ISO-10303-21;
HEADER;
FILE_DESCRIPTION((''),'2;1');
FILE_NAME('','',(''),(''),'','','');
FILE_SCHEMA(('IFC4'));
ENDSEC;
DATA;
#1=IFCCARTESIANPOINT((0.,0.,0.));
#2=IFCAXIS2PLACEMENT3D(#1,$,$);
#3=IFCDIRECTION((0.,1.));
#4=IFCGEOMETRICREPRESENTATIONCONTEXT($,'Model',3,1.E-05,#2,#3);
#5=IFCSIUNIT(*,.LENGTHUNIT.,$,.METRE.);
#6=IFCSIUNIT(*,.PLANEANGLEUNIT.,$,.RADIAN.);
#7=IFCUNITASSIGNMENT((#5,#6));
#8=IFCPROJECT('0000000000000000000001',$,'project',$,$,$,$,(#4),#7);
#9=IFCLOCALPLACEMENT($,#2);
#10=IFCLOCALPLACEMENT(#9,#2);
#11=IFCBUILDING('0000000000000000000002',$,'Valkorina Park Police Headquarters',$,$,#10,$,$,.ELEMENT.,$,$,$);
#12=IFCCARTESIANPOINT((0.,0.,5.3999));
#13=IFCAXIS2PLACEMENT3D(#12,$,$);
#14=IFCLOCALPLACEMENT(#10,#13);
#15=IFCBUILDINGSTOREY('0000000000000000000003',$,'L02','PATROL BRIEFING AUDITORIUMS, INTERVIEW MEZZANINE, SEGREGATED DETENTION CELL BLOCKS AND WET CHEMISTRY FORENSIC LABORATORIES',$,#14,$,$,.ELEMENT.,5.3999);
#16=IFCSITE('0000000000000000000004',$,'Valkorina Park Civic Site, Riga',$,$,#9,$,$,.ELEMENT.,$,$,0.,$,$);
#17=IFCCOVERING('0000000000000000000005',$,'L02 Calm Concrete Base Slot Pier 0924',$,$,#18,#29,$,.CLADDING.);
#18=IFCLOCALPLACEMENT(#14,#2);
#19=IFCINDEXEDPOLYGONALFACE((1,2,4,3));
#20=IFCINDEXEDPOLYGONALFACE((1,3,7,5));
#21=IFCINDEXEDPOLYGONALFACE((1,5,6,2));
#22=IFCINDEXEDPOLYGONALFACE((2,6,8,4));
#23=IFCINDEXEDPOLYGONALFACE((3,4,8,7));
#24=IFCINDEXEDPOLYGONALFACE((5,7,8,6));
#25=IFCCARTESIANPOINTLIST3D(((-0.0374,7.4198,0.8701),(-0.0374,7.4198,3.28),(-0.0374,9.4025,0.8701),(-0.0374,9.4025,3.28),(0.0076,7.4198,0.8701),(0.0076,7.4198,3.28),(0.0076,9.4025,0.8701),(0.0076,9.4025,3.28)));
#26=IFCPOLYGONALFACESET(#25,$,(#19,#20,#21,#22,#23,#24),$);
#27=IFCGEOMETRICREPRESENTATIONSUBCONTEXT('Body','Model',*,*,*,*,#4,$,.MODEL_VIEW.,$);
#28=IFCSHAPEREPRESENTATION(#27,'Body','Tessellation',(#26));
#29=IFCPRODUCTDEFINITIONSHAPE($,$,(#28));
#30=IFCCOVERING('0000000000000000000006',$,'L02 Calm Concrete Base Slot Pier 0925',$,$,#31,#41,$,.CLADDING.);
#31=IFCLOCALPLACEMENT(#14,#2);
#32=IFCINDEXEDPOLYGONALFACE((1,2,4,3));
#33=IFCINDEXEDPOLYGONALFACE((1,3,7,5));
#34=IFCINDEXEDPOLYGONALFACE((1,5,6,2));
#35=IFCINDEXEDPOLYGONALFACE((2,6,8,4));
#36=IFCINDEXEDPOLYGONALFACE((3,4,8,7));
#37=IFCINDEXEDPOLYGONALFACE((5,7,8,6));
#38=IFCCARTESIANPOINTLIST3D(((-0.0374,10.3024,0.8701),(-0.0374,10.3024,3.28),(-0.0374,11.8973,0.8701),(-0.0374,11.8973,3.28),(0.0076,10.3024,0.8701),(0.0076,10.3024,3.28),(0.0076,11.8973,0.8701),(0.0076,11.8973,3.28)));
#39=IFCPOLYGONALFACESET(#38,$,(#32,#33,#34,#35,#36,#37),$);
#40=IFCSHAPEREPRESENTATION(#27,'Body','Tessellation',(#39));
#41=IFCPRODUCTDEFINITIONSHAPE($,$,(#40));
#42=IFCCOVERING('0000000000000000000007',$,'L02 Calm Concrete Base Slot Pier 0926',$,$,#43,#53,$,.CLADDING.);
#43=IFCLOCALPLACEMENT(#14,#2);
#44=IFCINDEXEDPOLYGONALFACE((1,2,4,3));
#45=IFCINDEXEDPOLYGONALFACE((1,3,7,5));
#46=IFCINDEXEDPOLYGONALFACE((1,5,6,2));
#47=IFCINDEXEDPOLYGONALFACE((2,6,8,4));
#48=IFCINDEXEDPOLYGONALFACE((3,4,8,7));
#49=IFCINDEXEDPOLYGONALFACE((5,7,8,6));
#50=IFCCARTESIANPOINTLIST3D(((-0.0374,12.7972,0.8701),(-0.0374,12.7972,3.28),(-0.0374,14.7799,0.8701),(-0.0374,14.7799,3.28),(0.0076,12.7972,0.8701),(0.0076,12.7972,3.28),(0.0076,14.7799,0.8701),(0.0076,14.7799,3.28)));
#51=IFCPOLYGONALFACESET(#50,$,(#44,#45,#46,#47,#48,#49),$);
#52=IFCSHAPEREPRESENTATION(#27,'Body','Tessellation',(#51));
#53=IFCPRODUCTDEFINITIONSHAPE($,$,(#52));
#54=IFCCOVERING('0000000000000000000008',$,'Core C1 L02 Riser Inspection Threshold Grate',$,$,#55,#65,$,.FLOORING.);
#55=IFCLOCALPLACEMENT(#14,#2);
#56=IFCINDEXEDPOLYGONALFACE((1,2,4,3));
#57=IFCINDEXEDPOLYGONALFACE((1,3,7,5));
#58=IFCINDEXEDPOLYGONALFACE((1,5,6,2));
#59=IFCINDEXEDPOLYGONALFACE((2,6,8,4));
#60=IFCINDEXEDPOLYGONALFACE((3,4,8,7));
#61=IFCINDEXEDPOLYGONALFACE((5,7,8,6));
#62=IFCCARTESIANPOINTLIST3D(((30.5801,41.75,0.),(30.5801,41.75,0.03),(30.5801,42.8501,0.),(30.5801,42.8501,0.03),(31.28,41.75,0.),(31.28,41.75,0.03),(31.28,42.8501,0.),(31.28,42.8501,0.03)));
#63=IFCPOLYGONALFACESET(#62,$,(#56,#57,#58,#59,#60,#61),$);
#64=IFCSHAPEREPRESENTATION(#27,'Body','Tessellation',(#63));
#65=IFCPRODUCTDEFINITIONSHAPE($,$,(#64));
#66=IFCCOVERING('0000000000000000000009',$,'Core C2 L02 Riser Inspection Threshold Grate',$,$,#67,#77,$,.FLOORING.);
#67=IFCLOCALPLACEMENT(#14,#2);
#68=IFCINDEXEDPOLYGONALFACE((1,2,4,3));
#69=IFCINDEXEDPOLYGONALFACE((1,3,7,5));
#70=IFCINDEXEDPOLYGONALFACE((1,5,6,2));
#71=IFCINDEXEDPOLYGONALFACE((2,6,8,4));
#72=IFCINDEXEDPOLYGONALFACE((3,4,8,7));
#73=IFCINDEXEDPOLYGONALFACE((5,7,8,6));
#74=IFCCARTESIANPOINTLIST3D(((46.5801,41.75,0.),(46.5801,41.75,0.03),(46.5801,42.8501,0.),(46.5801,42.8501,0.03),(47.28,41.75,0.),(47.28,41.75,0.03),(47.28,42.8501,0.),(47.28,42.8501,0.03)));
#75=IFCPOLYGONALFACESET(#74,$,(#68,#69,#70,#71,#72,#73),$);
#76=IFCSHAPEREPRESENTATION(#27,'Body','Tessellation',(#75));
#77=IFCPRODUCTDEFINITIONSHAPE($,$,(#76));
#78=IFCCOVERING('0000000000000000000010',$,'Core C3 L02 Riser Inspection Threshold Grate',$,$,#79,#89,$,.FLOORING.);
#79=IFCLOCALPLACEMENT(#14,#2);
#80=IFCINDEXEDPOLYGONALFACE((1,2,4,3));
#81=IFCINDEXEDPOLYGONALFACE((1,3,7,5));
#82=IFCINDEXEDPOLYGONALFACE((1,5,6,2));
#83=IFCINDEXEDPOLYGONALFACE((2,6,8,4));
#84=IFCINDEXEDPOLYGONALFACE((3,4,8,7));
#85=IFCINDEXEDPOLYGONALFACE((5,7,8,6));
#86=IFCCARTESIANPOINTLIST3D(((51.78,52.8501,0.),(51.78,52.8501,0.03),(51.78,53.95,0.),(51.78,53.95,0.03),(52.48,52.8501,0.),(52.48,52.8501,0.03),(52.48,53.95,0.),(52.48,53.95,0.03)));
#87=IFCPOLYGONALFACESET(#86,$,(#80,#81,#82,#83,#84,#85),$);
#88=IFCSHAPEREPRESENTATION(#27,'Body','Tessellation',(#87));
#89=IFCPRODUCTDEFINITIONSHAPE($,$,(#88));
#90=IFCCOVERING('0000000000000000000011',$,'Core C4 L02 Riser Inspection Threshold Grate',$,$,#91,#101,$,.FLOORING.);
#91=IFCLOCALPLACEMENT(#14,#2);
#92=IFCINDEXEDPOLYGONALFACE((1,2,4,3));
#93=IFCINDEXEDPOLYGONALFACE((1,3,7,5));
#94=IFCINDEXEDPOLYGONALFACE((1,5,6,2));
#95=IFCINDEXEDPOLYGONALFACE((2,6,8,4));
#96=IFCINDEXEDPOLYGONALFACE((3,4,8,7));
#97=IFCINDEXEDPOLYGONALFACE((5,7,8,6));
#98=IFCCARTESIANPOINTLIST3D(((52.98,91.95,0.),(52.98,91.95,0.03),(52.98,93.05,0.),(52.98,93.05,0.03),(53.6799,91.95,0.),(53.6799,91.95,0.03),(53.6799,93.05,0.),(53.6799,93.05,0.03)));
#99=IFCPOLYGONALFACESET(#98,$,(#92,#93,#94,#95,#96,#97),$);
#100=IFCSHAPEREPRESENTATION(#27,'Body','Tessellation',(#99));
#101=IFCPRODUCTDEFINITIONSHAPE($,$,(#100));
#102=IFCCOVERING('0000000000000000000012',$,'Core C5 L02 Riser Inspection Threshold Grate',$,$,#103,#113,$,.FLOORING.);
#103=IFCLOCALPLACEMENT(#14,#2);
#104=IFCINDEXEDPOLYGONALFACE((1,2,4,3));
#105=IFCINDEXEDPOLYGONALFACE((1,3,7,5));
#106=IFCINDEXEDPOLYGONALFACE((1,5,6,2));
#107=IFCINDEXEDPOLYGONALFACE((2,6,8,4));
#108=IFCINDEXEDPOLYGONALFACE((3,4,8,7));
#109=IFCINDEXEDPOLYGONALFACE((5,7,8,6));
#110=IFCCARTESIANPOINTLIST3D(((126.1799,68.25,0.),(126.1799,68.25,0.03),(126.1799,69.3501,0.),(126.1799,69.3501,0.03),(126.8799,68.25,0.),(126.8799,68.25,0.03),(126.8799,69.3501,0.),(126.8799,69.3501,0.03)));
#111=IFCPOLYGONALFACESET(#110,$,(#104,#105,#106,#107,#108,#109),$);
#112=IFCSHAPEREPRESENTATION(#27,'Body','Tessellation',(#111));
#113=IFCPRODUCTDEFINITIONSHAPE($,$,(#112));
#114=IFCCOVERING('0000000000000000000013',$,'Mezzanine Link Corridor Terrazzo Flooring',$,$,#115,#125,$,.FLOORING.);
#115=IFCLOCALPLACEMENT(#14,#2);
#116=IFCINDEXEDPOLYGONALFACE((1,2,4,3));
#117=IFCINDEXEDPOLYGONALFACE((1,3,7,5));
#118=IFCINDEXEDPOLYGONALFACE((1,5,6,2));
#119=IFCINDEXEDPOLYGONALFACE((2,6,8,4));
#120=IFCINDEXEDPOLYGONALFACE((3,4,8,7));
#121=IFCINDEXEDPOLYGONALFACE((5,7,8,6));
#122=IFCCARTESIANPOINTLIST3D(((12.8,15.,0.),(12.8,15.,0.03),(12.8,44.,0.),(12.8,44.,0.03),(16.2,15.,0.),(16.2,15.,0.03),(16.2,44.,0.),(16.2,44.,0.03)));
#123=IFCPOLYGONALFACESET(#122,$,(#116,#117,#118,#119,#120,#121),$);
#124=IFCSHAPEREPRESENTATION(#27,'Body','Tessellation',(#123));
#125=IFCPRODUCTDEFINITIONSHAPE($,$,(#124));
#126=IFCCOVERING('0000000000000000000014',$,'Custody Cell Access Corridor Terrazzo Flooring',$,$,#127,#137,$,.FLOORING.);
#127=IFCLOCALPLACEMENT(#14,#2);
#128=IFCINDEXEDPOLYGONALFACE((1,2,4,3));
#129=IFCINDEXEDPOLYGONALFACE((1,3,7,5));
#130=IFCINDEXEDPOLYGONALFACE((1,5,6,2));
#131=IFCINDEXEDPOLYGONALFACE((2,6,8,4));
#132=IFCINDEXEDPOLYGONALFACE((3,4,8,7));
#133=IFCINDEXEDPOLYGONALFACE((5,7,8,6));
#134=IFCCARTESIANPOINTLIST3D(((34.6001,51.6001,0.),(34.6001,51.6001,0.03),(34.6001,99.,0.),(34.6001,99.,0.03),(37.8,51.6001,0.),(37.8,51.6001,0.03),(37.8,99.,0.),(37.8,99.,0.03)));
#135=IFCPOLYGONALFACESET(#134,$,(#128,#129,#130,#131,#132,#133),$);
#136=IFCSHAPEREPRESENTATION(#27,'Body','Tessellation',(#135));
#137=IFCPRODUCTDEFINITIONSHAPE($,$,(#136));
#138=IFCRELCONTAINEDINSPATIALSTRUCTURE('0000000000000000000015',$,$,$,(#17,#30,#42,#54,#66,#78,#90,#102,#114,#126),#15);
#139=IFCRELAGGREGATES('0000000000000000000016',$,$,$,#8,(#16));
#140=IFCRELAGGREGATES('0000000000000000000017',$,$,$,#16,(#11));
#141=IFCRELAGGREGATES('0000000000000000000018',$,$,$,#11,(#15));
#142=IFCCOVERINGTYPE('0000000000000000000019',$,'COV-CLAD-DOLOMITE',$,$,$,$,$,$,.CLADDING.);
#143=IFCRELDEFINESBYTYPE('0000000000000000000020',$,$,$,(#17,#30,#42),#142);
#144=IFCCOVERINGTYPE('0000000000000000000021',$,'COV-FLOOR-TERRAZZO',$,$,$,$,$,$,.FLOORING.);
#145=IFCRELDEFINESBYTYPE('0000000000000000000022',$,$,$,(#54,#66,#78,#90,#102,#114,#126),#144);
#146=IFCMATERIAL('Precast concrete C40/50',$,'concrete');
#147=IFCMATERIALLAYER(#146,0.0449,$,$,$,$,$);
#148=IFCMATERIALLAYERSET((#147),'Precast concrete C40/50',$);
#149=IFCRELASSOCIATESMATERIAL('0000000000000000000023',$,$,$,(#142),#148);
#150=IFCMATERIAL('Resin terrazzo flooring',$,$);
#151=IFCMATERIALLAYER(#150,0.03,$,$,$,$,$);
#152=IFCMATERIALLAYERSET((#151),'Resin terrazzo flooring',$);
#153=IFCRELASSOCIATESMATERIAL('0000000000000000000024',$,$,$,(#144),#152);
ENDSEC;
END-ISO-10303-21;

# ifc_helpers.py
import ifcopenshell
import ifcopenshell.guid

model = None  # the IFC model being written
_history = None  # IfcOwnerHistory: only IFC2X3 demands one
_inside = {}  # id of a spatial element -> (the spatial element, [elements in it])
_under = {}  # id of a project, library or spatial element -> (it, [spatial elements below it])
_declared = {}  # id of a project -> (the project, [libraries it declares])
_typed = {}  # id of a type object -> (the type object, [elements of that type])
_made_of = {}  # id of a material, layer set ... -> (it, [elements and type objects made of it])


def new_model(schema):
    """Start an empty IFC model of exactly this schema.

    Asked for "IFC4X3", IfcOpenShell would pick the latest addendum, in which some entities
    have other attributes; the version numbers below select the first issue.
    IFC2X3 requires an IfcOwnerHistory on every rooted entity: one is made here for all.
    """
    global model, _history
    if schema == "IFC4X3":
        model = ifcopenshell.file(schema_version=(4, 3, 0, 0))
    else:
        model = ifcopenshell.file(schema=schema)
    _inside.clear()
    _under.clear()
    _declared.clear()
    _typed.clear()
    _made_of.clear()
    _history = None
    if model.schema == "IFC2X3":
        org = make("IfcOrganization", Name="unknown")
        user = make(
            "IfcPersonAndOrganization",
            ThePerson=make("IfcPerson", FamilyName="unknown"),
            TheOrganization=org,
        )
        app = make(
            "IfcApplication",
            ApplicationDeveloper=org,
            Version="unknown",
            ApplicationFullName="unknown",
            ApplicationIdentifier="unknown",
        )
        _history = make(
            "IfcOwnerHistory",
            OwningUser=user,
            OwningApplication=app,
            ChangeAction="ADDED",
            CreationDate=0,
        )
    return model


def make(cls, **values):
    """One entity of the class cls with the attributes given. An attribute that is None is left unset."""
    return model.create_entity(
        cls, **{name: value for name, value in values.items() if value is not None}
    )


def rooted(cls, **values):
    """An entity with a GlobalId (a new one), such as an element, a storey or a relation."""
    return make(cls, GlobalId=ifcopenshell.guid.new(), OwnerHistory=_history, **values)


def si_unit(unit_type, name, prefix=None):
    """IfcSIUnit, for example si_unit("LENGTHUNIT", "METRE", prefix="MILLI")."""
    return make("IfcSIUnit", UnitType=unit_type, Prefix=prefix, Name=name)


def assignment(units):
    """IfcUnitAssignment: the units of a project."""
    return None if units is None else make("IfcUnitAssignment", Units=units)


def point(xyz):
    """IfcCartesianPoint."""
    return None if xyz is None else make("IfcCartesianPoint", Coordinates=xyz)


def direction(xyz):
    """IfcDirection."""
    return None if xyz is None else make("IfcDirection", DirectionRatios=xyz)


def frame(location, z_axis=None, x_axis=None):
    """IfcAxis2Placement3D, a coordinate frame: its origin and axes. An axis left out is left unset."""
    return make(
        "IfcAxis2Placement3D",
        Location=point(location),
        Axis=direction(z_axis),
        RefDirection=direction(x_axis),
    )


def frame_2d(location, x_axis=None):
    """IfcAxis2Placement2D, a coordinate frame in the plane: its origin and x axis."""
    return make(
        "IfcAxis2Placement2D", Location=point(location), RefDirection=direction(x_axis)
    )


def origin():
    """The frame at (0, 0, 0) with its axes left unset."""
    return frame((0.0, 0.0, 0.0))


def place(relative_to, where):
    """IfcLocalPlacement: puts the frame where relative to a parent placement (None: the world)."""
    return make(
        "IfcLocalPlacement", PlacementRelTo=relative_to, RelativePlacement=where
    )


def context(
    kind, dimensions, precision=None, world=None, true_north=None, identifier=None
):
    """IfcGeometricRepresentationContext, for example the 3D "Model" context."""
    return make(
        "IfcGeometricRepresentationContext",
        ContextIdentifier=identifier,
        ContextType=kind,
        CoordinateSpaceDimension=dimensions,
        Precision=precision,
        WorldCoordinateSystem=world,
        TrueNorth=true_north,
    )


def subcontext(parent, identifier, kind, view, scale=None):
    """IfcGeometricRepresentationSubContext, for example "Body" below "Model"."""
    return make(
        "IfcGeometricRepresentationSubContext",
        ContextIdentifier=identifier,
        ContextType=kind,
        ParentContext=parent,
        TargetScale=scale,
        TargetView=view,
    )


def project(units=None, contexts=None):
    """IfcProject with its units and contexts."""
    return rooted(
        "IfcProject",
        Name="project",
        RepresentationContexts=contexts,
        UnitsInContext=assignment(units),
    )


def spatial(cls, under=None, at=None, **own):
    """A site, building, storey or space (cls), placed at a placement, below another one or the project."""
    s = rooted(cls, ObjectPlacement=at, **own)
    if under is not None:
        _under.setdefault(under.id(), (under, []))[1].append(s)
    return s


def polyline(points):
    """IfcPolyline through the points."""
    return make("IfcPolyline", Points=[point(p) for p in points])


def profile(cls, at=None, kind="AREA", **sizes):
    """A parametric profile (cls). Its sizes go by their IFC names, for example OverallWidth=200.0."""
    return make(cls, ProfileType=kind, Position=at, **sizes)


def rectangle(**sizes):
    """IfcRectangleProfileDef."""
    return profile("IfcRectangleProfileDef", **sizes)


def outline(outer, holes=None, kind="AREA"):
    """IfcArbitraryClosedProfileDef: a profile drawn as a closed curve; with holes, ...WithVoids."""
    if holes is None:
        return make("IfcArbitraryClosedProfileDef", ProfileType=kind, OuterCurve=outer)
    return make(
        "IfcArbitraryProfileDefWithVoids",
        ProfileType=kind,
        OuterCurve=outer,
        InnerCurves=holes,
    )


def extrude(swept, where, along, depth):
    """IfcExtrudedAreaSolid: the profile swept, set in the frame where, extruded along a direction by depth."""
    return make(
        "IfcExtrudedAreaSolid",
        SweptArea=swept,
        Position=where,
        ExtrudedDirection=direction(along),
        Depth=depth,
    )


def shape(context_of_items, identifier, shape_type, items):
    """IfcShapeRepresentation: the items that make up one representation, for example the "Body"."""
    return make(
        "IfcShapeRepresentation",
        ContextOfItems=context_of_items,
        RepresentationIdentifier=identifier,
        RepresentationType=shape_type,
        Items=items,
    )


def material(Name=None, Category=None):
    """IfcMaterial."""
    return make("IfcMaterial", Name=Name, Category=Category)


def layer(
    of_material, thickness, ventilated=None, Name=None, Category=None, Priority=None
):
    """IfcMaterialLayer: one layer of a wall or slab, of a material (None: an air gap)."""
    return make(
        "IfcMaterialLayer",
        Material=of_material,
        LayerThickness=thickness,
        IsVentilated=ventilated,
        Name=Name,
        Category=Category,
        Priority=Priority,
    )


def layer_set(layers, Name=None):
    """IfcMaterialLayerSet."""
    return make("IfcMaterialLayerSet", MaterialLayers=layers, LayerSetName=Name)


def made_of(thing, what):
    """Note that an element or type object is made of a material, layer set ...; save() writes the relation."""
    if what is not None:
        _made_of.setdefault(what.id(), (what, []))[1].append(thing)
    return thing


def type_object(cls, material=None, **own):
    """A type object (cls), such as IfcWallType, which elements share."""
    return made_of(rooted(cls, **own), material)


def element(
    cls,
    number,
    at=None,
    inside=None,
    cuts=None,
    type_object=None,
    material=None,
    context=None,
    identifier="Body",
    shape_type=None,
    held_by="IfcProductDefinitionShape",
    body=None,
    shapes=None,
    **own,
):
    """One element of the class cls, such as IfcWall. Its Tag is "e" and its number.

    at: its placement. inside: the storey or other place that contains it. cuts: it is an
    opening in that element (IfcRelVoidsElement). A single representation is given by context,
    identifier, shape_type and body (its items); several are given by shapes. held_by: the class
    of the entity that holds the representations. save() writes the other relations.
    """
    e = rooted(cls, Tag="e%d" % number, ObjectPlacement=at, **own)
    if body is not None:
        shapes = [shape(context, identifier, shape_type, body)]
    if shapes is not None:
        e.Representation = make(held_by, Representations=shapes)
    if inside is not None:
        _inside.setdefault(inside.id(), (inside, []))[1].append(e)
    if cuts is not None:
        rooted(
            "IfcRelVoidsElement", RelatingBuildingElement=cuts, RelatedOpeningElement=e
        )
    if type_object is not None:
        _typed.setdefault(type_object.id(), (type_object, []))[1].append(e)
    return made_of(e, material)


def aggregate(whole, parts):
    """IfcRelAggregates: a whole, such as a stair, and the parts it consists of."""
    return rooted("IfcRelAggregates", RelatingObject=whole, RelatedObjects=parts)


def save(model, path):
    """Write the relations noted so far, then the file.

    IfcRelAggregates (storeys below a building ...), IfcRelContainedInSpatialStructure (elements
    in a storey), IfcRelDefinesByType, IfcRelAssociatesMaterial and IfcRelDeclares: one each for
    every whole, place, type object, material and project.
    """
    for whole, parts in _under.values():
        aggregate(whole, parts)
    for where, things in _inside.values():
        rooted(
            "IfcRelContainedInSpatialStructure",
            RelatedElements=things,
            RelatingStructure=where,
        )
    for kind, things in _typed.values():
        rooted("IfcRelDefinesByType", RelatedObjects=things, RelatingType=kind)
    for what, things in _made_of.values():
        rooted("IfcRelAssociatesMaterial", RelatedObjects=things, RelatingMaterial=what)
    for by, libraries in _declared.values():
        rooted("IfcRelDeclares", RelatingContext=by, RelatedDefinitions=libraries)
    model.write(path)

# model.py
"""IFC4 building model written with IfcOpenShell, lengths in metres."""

from ifc_helpers import new_model, si_unit, direction, frame, frame_2d, origin, place, context, subcontext, project, spatial, polyline, rectangle, outline, extrude, material, layer, layer_set, type_object, element, save


model = new_model("IFC4")

# Units and contexts
model_context = context("Model", 3, precision=1e-05, world=origin(), true_north=direction((0.0, 1.0)))
body_context = subcontext(model_context, "Body", "Model", "MODEL_VIEW")
ifc_project = project(units=[si_unit("LENGTHUNIT", "METRE"), si_unit("PLANEANGLEUNIT", "RADIAN")], contexts=[model_context])

# Site, building, storey
site_placement = place(None, origin())
site = spatial("IfcSite", under=ifc_project, at=site_placement, Name="Valkorina Park Civic Site, Riga", CompositionType="ELEMENT", RefElevation=0.0)
building_placement = place(site_placement, origin())
building = spatial("IfcBuilding", under=site, at=building_placement, Name="Valkorina Park Police Headquarters", CompositionType="ELEMENT")
storey_placement = place(building_placement, frame((0.0, 0.0, 5.3999)))
storey = spatial("IfcBuildingStorey", under=building, at=storey_placement, Name="L02", Description="PATROL BRIEFING AUDITORIUMS, INTERVIEW MEZZANINE, SEGREGATED DETENTION CELL BLOCKS AND WET CHEMISTRY FORENSIC LABORATORIES", CompositionType="ELEMENT", Elevation=5.3999)

# Coverings
ifc_material_1 = material(Name="Precast concrete C40/50", Category="concrete")
ifc_layer_1 = layer(ifc_material_1, 0.0449)
ifc_layer_set_1 = layer_set([ifc_layer_1], Name="Precast concrete C40/50")
covering_type_1 = type_object("IfcCoveringType", Name="COV-CLAD-DOLOMITE", PredefinedType="CLADDING", material=ifc_layer_set_1)
covering_1_placement = place(storey_placement, frame((-0.0149, 7.4199, 0.8701), z_axis=(0.0, 0.0, 1.0), x_axis=(0.0, 1.0, 0.0)))
element("IfcCovering", 1, at=covering_1_placement, inside=storey, type_object=covering_type_1, Name="L02 Calm Concrete Base Slot Pier 0924", PredefinedType="CLADDING", context=body_context, shape_type="SweptSolid", body=[
    extrude(rectangle(XDim=1.9827, YDim=0.0449, at=frame_2d((0.9912, 0.0))), origin(), (0.0, 0.0, 1.0), 2.4099),
])
covering_2_placement = place(storey_placement, frame((-0.0149, 10.3025, 0.8701), z_axis=(0.0, 0.0, 1.0), x_axis=(0.0, 1.0, 0.0)))
element("IfcCovering", 2, at=covering_2_placement, inside=storey, type_object=covering_type_1, Name="L02 Calm Concrete Base Slot Pier 0925", PredefinedType="CLADDING", context=body_context, shape_type="SweptSolid", body=[
    extrude(rectangle(XDim=1.595, YDim=0.0449, at=frame_2d((0.7974, 0.0))), origin(), (0.0, 0.0, 1.0), 2.4099),
])
covering_3_placement = place(storey_placement, frame((-0.0149, 12.7974, 0.8701), z_axis=(0.0, 0.0, 1.0), x_axis=(0.0, 1.0, 0.0)))
element("IfcCovering", 3, at=covering_3_placement, inside=storey, type_object=covering_type_1, Name="L02 Calm Concrete Base Slot Pier 0926", PredefinedType="CLADDING", context=body_context, shape_type="SweptSolid", body=[
    extrude(rectangle(XDim=1.9827, YDim=0.0449, at=frame_2d((0.9912, 0.0))), origin(), (0.0, 0.0, 1.0), 2.4099),
])
ifc_material_2 = material(Name="Resin terrazzo flooring")
ifc_layer_2 = layer(ifc_material_2, 0.03)
ifc_layer_set_2 = layer_set([ifc_layer_2], Name="Resin terrazzo flooring")
covering_type_2 = type_object("IfcCoveringType", Name="COV-FLOOR-TERRAZZO", PredefinedType="FLOORING", material=ifc_layer_set_2)
covering_4_placement = place(storey_placement, origin())
element("IfcCovering", 4, at=covering_4_placement, inside=storey, type_object=covering_type_2, Name="Core C1 L02 Riser Inspection Threshold Grate", PredefinedType="FLOORING", context=body_context, shape_type="SweptSolid", body=[
    extrude(outline(polyline([(31.28, 41.75), (31.28, 42.8501), (30.5801, 42.8501), (30.5801, 41.75), (31.28, 41.75)])), origin(), (0.0, 0.0, 1.0), 0.03),
])
covering_5_placement = place(storey_placement, origin())
element("IfcCovering", 5, at=covering_5_placement, inside=storey, type_object=covering_type_2, Name="Core C2 L02 Riser Inspection Threshold Grate", PredefinedType="FLOORING", context=body_context, shape_type="SweptSolid", body=[
    extrude(outline(polyline([(47.28, 41.75), (47.28, 42.8501), (46.5801, 42.8501), (46.5801, 41.75), (47.28, 41.75)])), origin(), (0.0, 0.0, 1.0), 0.03),
])
covering_6_placement = place(storey_placement, origin())
element("IfcCovering", 6, at=covering_6_placement, inside=storey, type_object=covering_type_2, Name="Core C3 L02 Riser Inspection Threshold Grate", PredefinedType="FLOORING", context=body_context, shape_type="SweptSolid", body=[
    extrude(outline(polyline([(52.48, 52.8501), (52.48, 53.95), (51.78, 53.95), (51.78, 52.8501), (52.48, 52.8501)])), origin(), (0.0, 0.0, 1.0), 0.03),
])
covering_7_placement = place(storey_placement, origin())
element("IfcCovering", 7, at=covering_7_placement, inside=storey, type_object=covering_type_2, Name="Core C4 L02 Riser Inspection Threshold Grate", PredefinedType="FLOORING", context=body_context, shape_type="SweptSolid", body=[
    extrude(outline(polyline([(53.6799, 91.95), (53.6799, 93.05), (52.98, 93.05), (52.98, 91.95), (53.6799, 91.95)])), origin(), (0.0, 0.0, 1.0), 0.03),
])
covering_8_placement = place(storey_placement, origin())
element("IfcCovering", 8, at=covering_8_placement, inside=storey, type_object=covering_type_2, Name="Core C5 L02 Riser Inspection Threshold Grate", PredefinedType="FLOORING", context=body_context, shape_type="SweptSolid", body=[
    extrude(outline(polyline([(126.8799, 68.25), (126.8799, 69.3501), (126.1799, 69.3501), (126.1799, 68.25), (126.8799, 68.25)])), origin(), (0.0, 0.0, 1.0), 0.03),
])
covering_9_placement = place(storey_placement, origin())
element("IfcCovering", 9, at=covering_9_placement, inside=storey, type_object=covering_type_2, Name="Mezzanine Link Corridor Terrazzo Flooring", PredefinedType="FLOORING", context=body_context, shape_type="SweptSolid", body=[
    extrude(outline(polyline([(16.2, 44.0), (12.8, 44.0), (12.8, 15.0), (16.2, 15.0), (16.2, 44.0)])), origin(), (0.0, 0.0, 1.0), 0.03),
])
covering_10_placement = place(storey_placement, origin())
element("IfcCovering", 10, at=covering_10_placement, inside=storey, type_object=covering_type_2, Name="Custody Cell Access Corridor Terrazzo Flooring", PredefinedType="FLOORING", context=body_context, shape_type="SweptSolid", body=[
    extrude(outline(polyline([(37.8, 99.0), (34.6001, 99.0), (34.6001, 51.6001), (37.8, 51.6001), (37.8, 99.0)])), origin(), (0.0, 0.0, 1.0), 0.03),
])

save(model, "model.ifc")
